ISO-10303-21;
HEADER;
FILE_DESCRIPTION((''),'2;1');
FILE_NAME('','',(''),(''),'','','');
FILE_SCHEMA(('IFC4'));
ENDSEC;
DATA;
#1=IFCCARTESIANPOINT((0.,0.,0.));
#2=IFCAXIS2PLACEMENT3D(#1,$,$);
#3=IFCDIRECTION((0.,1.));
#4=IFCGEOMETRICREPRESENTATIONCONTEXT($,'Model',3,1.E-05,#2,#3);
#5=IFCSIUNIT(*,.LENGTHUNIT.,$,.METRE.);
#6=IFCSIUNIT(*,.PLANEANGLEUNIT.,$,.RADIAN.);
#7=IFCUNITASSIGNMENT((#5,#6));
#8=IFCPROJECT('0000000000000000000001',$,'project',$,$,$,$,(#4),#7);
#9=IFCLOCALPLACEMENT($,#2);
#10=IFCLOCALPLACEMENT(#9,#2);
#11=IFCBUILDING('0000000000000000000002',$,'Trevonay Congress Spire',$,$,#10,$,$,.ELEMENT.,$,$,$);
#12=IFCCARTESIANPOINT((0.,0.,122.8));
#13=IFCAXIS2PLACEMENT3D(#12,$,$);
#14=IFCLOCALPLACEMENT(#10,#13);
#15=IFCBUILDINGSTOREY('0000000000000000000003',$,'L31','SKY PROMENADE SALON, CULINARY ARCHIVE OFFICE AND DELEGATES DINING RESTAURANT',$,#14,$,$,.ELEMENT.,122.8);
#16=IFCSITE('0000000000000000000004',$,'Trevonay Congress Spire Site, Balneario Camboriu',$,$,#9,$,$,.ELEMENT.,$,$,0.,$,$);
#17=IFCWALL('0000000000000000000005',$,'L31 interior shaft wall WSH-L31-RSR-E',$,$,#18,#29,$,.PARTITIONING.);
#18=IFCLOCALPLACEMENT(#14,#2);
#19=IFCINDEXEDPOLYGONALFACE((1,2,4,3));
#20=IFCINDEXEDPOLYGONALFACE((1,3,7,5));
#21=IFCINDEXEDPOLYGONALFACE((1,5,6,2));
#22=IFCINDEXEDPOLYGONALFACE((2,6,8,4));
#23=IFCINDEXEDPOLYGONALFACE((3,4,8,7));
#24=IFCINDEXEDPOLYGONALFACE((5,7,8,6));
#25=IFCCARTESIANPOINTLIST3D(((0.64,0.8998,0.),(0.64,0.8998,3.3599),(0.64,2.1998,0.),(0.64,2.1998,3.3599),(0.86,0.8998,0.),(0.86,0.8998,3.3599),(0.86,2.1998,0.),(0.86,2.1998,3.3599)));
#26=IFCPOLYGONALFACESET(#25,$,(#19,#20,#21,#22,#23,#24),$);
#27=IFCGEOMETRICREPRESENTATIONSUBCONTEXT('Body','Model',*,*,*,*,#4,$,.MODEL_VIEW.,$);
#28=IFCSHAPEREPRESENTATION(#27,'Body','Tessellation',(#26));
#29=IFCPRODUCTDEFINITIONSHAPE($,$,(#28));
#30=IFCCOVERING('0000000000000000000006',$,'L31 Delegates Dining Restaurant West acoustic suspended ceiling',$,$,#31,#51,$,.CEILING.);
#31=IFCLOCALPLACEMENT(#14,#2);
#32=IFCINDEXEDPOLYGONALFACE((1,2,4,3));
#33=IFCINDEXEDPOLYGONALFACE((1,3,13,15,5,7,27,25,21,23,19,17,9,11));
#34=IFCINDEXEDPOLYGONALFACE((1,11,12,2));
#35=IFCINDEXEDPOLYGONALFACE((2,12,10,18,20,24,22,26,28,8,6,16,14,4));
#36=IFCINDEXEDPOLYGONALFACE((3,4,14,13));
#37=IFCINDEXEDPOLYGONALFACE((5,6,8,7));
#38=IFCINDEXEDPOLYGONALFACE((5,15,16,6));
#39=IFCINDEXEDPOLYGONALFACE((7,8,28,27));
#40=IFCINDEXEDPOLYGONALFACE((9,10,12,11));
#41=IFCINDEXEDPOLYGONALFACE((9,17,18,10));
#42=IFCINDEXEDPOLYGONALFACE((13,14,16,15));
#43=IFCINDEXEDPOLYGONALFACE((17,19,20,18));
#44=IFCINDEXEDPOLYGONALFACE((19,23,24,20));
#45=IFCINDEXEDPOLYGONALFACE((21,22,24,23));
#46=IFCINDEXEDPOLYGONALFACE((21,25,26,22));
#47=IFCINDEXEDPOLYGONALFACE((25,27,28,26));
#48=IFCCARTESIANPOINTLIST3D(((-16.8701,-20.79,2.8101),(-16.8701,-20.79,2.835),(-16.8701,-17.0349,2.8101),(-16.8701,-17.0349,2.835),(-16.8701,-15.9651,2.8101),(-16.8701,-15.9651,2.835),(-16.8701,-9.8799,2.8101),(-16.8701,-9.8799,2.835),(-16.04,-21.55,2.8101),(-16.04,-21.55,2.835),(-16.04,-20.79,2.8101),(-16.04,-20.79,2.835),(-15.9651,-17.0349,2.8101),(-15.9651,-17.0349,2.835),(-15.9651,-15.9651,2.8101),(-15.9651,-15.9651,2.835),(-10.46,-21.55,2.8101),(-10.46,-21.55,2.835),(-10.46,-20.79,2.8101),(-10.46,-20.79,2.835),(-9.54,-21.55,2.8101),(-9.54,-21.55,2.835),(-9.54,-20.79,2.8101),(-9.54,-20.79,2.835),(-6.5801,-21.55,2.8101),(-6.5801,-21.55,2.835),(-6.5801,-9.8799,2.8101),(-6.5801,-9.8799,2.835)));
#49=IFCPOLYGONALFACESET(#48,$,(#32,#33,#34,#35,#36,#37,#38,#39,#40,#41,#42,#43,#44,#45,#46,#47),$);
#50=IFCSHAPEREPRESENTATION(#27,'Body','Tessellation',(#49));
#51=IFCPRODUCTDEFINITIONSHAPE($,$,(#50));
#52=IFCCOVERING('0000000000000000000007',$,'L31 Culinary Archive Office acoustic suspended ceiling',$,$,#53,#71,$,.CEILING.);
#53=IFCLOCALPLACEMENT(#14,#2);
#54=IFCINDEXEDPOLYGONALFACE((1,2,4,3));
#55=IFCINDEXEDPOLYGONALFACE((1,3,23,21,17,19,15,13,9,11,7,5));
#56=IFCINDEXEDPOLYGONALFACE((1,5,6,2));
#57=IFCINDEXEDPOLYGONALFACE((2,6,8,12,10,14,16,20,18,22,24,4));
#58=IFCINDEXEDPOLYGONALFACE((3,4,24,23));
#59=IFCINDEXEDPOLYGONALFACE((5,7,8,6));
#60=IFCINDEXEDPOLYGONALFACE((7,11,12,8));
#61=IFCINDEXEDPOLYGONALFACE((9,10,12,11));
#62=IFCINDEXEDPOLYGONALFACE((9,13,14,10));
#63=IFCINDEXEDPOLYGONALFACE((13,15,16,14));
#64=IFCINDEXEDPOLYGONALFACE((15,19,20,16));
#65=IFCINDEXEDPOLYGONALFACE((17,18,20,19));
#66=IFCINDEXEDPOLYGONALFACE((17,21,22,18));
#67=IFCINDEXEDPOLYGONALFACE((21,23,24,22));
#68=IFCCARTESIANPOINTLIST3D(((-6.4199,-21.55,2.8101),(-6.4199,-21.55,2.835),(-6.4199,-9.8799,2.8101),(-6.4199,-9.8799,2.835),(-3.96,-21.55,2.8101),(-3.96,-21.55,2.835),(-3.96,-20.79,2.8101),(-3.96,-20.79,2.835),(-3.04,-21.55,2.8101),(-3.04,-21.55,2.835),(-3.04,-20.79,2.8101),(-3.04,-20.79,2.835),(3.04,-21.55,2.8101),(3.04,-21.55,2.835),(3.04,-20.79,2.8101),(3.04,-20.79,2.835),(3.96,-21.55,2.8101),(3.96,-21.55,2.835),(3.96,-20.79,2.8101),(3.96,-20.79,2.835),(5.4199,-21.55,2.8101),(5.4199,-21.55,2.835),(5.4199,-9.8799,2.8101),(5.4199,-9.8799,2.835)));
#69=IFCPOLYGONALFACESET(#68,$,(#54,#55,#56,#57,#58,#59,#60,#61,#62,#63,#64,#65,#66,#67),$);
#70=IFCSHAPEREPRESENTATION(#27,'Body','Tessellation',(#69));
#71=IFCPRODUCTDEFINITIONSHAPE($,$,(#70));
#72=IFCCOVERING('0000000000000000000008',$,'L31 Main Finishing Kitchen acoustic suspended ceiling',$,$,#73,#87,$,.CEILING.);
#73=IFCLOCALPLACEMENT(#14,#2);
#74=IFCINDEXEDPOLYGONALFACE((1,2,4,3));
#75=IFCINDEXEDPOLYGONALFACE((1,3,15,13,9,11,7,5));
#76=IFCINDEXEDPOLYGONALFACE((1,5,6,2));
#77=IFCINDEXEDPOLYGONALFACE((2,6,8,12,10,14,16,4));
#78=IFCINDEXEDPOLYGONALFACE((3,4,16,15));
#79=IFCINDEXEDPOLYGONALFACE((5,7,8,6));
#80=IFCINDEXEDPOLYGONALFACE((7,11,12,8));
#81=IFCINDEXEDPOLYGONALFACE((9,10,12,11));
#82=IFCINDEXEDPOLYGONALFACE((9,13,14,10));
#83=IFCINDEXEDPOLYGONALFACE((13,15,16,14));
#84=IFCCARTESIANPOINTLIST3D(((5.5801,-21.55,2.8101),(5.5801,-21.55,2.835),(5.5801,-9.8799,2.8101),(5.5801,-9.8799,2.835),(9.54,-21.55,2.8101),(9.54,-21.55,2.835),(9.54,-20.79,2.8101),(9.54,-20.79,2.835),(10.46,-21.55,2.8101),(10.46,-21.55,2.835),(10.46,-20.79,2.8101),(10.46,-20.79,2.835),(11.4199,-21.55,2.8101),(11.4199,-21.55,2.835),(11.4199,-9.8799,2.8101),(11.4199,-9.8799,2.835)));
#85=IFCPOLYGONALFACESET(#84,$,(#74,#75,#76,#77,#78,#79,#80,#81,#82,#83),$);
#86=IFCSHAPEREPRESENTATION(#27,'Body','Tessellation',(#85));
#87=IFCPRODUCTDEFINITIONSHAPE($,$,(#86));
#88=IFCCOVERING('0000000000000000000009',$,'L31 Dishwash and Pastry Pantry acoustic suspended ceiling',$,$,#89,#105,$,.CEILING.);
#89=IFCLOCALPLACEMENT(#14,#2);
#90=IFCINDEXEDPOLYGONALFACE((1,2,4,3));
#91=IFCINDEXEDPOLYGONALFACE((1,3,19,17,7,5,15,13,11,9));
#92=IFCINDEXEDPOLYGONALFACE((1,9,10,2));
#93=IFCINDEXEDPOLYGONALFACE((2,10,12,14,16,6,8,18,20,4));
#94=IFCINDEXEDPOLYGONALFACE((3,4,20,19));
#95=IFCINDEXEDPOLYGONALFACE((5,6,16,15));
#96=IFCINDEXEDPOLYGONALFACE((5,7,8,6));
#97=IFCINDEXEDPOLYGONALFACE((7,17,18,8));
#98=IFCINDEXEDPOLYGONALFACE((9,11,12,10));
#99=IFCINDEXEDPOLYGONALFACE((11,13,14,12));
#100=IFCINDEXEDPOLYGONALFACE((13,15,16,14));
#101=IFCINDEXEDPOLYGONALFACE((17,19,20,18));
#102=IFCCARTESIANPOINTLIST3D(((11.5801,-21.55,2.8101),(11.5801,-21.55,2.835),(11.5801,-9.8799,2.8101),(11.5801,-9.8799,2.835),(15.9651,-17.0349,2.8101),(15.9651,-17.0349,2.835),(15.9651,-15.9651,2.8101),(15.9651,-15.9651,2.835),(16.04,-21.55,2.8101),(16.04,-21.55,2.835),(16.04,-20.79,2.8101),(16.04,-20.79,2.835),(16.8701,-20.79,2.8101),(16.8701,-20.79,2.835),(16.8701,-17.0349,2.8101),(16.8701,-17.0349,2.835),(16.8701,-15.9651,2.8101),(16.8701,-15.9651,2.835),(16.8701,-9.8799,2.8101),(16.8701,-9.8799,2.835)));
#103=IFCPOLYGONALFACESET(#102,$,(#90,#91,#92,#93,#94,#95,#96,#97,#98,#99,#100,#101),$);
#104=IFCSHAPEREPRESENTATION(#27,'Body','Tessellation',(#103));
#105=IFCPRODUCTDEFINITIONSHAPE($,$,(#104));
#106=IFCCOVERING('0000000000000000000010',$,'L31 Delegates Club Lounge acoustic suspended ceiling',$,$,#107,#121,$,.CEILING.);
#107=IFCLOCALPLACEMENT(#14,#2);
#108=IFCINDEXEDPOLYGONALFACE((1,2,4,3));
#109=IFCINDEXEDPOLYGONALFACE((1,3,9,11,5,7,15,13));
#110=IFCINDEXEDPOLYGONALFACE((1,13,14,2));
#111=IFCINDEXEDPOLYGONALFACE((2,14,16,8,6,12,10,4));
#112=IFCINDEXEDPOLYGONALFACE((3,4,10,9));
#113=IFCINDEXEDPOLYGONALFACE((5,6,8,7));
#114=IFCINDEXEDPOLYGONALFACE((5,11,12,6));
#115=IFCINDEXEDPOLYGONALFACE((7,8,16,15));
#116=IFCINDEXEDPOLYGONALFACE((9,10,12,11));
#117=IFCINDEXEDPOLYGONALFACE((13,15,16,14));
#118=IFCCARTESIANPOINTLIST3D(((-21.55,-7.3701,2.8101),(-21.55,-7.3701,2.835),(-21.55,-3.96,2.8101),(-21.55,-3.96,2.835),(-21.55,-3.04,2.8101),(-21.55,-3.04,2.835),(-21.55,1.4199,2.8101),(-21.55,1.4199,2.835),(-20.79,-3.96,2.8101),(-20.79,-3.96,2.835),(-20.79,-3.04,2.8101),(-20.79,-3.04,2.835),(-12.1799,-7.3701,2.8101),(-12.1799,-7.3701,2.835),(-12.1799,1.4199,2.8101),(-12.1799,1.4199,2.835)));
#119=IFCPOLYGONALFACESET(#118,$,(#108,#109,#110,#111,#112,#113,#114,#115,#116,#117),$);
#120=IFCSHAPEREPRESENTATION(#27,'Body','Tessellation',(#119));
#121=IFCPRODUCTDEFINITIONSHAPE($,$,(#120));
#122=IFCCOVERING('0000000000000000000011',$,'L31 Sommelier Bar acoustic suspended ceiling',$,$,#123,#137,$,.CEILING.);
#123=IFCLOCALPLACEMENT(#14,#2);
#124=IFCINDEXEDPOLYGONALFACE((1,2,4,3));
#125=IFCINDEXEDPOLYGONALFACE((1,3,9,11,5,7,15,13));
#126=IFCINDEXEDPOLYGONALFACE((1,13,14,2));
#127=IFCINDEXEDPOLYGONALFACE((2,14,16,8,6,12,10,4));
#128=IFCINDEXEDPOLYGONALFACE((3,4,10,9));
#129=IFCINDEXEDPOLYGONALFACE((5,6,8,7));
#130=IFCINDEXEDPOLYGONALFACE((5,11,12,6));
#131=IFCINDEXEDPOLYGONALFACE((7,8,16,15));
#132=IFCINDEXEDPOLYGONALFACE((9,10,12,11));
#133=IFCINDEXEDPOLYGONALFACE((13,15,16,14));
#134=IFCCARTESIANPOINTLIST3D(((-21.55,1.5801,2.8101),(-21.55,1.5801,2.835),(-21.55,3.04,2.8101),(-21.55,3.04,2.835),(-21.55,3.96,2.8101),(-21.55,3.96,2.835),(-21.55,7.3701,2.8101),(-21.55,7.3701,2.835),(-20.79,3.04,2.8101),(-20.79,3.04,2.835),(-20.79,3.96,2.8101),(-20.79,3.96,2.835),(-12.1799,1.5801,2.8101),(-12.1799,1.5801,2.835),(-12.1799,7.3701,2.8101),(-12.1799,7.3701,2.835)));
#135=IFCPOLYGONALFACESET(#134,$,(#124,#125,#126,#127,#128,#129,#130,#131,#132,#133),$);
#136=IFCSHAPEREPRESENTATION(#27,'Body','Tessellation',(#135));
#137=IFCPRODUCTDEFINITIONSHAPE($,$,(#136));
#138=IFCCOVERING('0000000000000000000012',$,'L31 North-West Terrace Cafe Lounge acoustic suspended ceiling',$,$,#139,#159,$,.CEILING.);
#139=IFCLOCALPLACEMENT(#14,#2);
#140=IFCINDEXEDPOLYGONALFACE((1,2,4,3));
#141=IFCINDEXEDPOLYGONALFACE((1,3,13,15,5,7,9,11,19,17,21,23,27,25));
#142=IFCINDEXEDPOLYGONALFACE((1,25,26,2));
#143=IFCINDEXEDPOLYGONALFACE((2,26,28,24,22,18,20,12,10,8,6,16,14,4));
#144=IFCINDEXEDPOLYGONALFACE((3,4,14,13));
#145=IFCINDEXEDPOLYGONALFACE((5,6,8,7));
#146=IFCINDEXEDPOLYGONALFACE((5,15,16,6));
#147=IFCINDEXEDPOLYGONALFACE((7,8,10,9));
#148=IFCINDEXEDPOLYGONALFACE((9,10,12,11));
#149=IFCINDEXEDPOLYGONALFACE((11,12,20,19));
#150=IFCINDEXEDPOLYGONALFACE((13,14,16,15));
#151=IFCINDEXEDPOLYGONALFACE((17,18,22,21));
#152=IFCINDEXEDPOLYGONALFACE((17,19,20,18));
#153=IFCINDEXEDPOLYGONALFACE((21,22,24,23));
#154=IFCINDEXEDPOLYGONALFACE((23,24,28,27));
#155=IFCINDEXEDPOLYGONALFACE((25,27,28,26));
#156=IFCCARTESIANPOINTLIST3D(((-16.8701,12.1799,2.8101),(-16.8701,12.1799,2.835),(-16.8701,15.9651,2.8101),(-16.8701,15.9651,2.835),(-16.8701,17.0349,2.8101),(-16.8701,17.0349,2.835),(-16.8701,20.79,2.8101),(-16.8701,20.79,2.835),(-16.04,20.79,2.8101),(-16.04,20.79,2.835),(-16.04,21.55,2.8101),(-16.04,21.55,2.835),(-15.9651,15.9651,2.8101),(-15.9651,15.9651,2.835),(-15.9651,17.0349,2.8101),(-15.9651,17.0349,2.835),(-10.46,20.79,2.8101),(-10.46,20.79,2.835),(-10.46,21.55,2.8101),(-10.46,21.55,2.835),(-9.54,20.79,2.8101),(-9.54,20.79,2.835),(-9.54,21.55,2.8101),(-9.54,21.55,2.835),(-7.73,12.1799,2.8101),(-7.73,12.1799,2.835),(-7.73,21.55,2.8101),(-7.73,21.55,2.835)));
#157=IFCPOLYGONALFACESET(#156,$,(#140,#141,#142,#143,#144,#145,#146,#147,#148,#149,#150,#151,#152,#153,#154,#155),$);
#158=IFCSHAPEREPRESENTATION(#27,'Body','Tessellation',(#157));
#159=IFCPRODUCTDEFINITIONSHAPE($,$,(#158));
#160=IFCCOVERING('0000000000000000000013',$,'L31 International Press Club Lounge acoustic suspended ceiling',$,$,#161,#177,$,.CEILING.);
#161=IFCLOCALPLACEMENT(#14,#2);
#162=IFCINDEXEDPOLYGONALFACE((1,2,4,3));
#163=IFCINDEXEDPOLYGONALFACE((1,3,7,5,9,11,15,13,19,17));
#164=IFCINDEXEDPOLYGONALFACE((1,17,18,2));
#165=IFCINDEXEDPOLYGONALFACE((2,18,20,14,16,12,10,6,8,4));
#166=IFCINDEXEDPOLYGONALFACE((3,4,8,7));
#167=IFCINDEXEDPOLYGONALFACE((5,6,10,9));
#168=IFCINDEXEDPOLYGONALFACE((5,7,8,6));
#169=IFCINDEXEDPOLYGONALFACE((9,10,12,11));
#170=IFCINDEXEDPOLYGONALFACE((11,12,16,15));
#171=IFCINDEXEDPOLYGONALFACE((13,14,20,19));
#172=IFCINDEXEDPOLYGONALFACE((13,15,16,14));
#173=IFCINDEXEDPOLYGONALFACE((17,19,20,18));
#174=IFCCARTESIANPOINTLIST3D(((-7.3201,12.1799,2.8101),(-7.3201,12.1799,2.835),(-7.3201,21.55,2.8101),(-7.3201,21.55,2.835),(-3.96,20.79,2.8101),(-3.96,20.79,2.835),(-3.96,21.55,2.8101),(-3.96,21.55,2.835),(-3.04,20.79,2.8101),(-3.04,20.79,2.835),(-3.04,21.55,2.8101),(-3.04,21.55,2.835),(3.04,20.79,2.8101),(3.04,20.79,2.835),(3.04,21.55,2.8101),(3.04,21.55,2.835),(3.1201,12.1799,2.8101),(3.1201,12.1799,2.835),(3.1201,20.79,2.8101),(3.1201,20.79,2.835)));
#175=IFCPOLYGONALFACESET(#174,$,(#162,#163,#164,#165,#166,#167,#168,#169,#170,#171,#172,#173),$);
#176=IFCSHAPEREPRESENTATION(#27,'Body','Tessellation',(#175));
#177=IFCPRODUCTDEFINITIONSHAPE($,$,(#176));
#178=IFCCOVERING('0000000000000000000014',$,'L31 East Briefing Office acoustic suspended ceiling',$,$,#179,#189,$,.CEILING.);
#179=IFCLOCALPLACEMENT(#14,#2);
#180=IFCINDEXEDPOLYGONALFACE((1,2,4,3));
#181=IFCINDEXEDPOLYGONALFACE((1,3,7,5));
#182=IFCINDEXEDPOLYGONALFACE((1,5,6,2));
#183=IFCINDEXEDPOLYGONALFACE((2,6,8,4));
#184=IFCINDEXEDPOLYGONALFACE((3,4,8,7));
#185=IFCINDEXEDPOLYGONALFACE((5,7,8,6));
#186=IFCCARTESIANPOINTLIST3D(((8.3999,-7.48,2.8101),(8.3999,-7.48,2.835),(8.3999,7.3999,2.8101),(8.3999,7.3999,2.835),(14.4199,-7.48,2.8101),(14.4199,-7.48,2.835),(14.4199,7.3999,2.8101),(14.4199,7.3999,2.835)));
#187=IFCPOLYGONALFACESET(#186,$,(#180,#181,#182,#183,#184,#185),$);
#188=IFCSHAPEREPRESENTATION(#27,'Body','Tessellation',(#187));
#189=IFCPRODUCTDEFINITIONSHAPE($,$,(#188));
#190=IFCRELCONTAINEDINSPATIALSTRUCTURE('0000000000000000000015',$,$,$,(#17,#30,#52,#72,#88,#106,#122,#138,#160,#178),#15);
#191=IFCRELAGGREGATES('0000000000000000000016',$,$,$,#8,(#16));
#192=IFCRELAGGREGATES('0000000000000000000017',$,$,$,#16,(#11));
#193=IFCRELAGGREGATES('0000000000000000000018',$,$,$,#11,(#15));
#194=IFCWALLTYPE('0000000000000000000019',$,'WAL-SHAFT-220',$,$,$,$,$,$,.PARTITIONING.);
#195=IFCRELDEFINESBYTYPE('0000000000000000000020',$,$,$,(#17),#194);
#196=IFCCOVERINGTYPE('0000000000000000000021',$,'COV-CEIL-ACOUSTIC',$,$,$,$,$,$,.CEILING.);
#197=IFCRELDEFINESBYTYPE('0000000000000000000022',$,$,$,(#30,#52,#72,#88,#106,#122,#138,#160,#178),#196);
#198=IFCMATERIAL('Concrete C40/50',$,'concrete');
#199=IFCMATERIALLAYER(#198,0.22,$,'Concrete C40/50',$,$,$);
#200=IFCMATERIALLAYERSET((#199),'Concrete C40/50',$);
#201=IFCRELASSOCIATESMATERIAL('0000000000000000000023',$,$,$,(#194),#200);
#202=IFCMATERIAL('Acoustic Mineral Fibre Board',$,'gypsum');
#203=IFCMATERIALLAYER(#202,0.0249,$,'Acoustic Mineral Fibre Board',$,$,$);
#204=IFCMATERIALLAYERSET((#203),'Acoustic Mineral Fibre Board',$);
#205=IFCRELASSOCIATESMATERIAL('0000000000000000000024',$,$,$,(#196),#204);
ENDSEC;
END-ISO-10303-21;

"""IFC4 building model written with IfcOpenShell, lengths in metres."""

from ifc_helpers import new_model, si_unit, direction, frame, frame_2d, origin, place, context, subcontext, project, spatial, polyline, rectangle, outline, extrude, material, layer, layer_set, type_object, element, save


model = new_model("IFC4")

# Units and contexts
model_context = context("Model", 3, precision=1e-05, world=origin(), true_north=direction((0.0, 1.0)))
body_context = subcontext(model_context, "Body", "Model", "MODEL_VIEW")
ifc_project = project(units=[si_unit("LENGTHUNIT", "METRE"), si_unit("PLANEANGLEUNIT", "RADIAN")], contexts=[model_context])

# Site, building, storey
site_placement = place(None, origin())
site = spatial("IfcSite", under=ifc_project, at=site_placement, Name="Trevonay Congress Spire Site, Balneario Camboriu", CompositionType="ELEMENT", RefElevation=0.0)
building_placement = place(site_placement, origin())
building = spatial("IfcBuilding", under=site, at=building_placement, Name="Trevonay Congress Spire", CompositionType="ELEMENT")
storey_placement = place(building_placement, frame((0.0, 0.0, 122.8)))
storey = spatial("IfcBuildingStorey", under=building, at=storey_placement, Name="L31", Description="SKY PROMENADE SALON, CULINARY ARCHIVE OFFICE AND DELEGATES DINING RESTAURANT", CompositionType="ELEMENT", Elevation=122.8)

# Wall
ifc_material_1 = material(Name="Concrete C40/50", Category="concrete")
ifc_layer_1 = layer(ifc_material_1, 0.22, Name="Concrete C40/50")
ifc_layer_set_1 = layer_set([ifc_layer_1], Name="Concrete C40/50")
wall_type = type_object("IfcWallType", Name="WAL-SHAFT-220", PredefinedType="PARTITIONING", material=ifc_layer_set_1)
wall_placement = place(storey_placement, frame((0.75, 0.8999, 0.0), z_axis=(0.0, 0.0, 1.0), x_axis=(0.0, 1.0, 0.0)))
element("IfcWall", 1, at=wall_placement, inside=storey, type_object=wall_type, Name="L31 interior shaft wall WSH-L31-RSR-E", PredefinedType="PARTITIONING", context=body_context, shape_type="SweptSolid", body=[
    extrude(rectangle(XDim=1.3, YDim=0.22, at=frame_2d((0.6499, 0.0))), origin(), (0.0, 0.0, 1.0), 3.3599),
])

# Coverings
ifc_material_2 = material(Name="Acoustic Mineral Fibre Board", Category="gypsum")
ifc_layer_2 = layer(ifc_material_2, 0.0249, Name="Acoustic Mineral Fibre Board")
ifc_layer_set_2 = layer_set([ifc_layer_2], Name="Acoustic Mineral Fibre Board")
covering_type_1 = type_object("IfcCoveringType", Name="COV-CEIL-ACOUSTIC", PredefinedType="CEILING", material=ifc_layer_set_2)
covering_1_placement = place(storey_placement, frame((0.0, 0.0, 2.8101)))
element("IfcCovering", 2, at=covering_1_placement, inside=storey, type_object=covering_type_1, Name="L31 Delegates Dining Restaurant West acoustic suspended ceiling", PredefinedType="CEILING", context=body_context, shape_type="SweptSolid", body=[
    extrude(outline(polyline([(-16.04, -21.55), (-16.04, -20.79), (-16.8701, -20.79), (-16.8701, -17.0349), (-15.9651, -17.0349), (-15.9651, -15.9651), (-16.8701, -15.9651), (-16.8701, -9.8799), (-6.5801, -9.8799), (-6.5801, -21.55), (-9.54, -21.55), (-9.54, -20.79), (-10.46, -20.79), (-10.46, -21.55), (-16.04, -21.55)])), origin(), (0.0, 0.0, 1.0), 0.0249),
])
covering_2_placement = place(storey_placement, frame((0.0, 0.0, 2.8101)))
element("IfcCovering", 3, at=covering_2_placement, inside=storey, type_object=covering_type_1, Name="L31 Culinary Archive Office acoustic suspended ceiling", PredefinedType="CEILING", context=body_context, shape_type="SweptSolid", body=[
    extrude(outline(polyline([(-6.4199, -21.55), (-6.4199, -9.8799), (5.4199, -9.8799), (5.4199, -21.55), (3.96, -21.55), (3.96, -20.79), (3.04, -20.79), (3.04, -21.55), (-3.04, -21.55), (-3.04, -20.79), (-3.96, -20.79), (-3.96, -21.55), (-6.4199, -21.55)])), origin(), (0.0, 0.0, 1.0), 0.0249),
])
covering_3_placement = place(storey_placement, frame((0.0, 0.0, 2.8101)))
element("IfcCovering", 4, at=covering_3_placement, inside=storey, type_object=covering_type_1, Name="L31 Main Finishing Kitchen acoustic suspended ceiling", PredefinedType="CEILING", context=body_context, shape_type="SweptSolid", body=[
    extrude(outline(polyline([(5.5801, -21.55), (5.5801, -9.8799), (11.4199, -9.8799), (11.4199, -21.55), (10.46, -21.55), (10.46, -20.79), (9.54, -20.79), (9.54, -21.55), (5.5801, -21.55)])), origin(), (0.0, 0.0, 1.0), 0.0249),
])
covering_4_placement = place(storey_placement, frame((0.0, 0.0, 2.8101)))
element("IfcCovering", 5, at=covering_4_placement, inside=storey, type_object=covering_type_1, Name="L31 Dishwash and Pastry Pantry acoustic suspended ceiling", PredefinedType="CEILING", context=body_context, shape_type="SweptSolid", body=[
    extrude(outline(polyline([(11.5801, -21.55), (11.5801, -9.8799), (16.8701, -9.8799), (16.8701, -15.9651), (15.9651, -15.9651), (15.9651, -17.0349), (16.8701, -17.0349), (16.8701, -20.79), (16.04, -20.79), (16.04, -21.55), (11.5801, -21.55)])), origin(), (0.0, 0.0, 1.0), 0.0249),
])
covering_5_placement = place(storey_placement, frame((0.0, 0.0, 2.8101)))
element("IfcCovering", 6, at=covering_5_placement, inside=storey, type_object=covering_type_1, Name="L31 Delegates Club Lounge acoustic suspended ceiling", PredefinedType="CEILING", context=body_context, shape_type="SweptSolid", body=[
    extrude(outline(polyline([(-21.55, 1.4199), (-12.1799, 1.4199), (-12.1799, -7.3701), (-21.55, -7.3701), (-21.55, -3.96), (-20.79, -3.96), (-20.79, -3.04), (-21.55, -3.04), (-21.55, 1.4199)])), origin(), (0.0, 0.0, 1.0), 0.0249),
])
covering_6_placement = place(storey_placement, frame((0.0, 0.0, 2.8101)))
element("IfcCovering", 7, at=covering_6_placement, inside=storey, type_object=covering_type_1, Name="L31 Sommelier Bar acoustic suspended ceiling", PredefinedType="CEILING", context=body_context, shape_type="SweptSolid", body=[
    extrude(outline(polyline([(-21.55, 7.3701), (-12.1799, 7.3701), (-12.1799, 1.5801), (-21.55, 1.5801), (-21.55, 3.04), (-20.79, 3.04), (-20.79, 3.96), (-21.55, 3.96), (-21.55, 7.3701)])), origin(), (0.0, 0.0, 1.0), 0.0249),
])
covering_7_placement = place(storey_placement, frame((0.0, 0.0, 2.8101)))
element("IfcCovering", 8, at=covering_7_placement, inside=storey, type_object=covering_type_1, Name="L31 North-West Terrace Cafe Lounge acoustic suspended ceiling", PredefinedType="CEILING", context=body_context, shape_type="SweptSolid", body=[
    extrude(outline(polyline([(-7.73, 21.55), (-7.73, 12.1799), (-16.8701, 12.1799), (-16.8701, 15.9651), (-15.9651, 15.9651), (-15.9651, 17.0349), (-16.8701, 17.0349), (-16.8701, 20.79), (-16.04, 20.79), (-16.04, 21.55), (-10.46, 21.55), (-10.46, 20.79), (-9.54, 20.79), (-9.54, 21.55), (-7.73, 21.55)])), origin(), (0.0, 0.0, 1.0), 0.0249),
])
covering_8_placement = place(storey_placement, frame((0.0, 0.0, 2.8101)))
element("IfcCovering", 9, at=covering_8_placement, inside=storey, type_object=covering_type_1, Name="L31 International Press Club Lounge acoustic suspended ceiling", PredefinedType="CEILING", context=body_context, shape_type="SweptSolid", body=[
    extrude(outline(polyline([(3.1201, 12.1799), (-7.3201, 12.1799), (-7.3201, 21.55), (-3.96, 21.55), (-3.96, 20.79), (-3.04, 20.79), (-3.04, 21.55), (3.04, 21.55), (3.04, 20.79), (3.1201, 20.79), (3.1201, 12.1799)])), origin(), (0.0, 0.0, 1.0), 0.0249),
])
covering_9_placement = place(storey_placement, frame((0.0, 0.0, 2.8101)))
element("IfcCovering", 10, at=covering_9_placement, inside=storey, type_object=covering_type_1, Name="L31 East Briefing Office acoustic suspended ceiling", PredefinedType="CEILING", context=body_context, shape_type="SweptSolid", body=[
    extrude(outline(polyline([(8.3999, -7.48), (14.4199, -7.48), (14.4199, 7.3999), (8.3999, 7.3999), (8.3999, -7.48)])), origin(), (0.0, 0.0, 1.0), 0.0249),
])

save(model, "model.ifc")
